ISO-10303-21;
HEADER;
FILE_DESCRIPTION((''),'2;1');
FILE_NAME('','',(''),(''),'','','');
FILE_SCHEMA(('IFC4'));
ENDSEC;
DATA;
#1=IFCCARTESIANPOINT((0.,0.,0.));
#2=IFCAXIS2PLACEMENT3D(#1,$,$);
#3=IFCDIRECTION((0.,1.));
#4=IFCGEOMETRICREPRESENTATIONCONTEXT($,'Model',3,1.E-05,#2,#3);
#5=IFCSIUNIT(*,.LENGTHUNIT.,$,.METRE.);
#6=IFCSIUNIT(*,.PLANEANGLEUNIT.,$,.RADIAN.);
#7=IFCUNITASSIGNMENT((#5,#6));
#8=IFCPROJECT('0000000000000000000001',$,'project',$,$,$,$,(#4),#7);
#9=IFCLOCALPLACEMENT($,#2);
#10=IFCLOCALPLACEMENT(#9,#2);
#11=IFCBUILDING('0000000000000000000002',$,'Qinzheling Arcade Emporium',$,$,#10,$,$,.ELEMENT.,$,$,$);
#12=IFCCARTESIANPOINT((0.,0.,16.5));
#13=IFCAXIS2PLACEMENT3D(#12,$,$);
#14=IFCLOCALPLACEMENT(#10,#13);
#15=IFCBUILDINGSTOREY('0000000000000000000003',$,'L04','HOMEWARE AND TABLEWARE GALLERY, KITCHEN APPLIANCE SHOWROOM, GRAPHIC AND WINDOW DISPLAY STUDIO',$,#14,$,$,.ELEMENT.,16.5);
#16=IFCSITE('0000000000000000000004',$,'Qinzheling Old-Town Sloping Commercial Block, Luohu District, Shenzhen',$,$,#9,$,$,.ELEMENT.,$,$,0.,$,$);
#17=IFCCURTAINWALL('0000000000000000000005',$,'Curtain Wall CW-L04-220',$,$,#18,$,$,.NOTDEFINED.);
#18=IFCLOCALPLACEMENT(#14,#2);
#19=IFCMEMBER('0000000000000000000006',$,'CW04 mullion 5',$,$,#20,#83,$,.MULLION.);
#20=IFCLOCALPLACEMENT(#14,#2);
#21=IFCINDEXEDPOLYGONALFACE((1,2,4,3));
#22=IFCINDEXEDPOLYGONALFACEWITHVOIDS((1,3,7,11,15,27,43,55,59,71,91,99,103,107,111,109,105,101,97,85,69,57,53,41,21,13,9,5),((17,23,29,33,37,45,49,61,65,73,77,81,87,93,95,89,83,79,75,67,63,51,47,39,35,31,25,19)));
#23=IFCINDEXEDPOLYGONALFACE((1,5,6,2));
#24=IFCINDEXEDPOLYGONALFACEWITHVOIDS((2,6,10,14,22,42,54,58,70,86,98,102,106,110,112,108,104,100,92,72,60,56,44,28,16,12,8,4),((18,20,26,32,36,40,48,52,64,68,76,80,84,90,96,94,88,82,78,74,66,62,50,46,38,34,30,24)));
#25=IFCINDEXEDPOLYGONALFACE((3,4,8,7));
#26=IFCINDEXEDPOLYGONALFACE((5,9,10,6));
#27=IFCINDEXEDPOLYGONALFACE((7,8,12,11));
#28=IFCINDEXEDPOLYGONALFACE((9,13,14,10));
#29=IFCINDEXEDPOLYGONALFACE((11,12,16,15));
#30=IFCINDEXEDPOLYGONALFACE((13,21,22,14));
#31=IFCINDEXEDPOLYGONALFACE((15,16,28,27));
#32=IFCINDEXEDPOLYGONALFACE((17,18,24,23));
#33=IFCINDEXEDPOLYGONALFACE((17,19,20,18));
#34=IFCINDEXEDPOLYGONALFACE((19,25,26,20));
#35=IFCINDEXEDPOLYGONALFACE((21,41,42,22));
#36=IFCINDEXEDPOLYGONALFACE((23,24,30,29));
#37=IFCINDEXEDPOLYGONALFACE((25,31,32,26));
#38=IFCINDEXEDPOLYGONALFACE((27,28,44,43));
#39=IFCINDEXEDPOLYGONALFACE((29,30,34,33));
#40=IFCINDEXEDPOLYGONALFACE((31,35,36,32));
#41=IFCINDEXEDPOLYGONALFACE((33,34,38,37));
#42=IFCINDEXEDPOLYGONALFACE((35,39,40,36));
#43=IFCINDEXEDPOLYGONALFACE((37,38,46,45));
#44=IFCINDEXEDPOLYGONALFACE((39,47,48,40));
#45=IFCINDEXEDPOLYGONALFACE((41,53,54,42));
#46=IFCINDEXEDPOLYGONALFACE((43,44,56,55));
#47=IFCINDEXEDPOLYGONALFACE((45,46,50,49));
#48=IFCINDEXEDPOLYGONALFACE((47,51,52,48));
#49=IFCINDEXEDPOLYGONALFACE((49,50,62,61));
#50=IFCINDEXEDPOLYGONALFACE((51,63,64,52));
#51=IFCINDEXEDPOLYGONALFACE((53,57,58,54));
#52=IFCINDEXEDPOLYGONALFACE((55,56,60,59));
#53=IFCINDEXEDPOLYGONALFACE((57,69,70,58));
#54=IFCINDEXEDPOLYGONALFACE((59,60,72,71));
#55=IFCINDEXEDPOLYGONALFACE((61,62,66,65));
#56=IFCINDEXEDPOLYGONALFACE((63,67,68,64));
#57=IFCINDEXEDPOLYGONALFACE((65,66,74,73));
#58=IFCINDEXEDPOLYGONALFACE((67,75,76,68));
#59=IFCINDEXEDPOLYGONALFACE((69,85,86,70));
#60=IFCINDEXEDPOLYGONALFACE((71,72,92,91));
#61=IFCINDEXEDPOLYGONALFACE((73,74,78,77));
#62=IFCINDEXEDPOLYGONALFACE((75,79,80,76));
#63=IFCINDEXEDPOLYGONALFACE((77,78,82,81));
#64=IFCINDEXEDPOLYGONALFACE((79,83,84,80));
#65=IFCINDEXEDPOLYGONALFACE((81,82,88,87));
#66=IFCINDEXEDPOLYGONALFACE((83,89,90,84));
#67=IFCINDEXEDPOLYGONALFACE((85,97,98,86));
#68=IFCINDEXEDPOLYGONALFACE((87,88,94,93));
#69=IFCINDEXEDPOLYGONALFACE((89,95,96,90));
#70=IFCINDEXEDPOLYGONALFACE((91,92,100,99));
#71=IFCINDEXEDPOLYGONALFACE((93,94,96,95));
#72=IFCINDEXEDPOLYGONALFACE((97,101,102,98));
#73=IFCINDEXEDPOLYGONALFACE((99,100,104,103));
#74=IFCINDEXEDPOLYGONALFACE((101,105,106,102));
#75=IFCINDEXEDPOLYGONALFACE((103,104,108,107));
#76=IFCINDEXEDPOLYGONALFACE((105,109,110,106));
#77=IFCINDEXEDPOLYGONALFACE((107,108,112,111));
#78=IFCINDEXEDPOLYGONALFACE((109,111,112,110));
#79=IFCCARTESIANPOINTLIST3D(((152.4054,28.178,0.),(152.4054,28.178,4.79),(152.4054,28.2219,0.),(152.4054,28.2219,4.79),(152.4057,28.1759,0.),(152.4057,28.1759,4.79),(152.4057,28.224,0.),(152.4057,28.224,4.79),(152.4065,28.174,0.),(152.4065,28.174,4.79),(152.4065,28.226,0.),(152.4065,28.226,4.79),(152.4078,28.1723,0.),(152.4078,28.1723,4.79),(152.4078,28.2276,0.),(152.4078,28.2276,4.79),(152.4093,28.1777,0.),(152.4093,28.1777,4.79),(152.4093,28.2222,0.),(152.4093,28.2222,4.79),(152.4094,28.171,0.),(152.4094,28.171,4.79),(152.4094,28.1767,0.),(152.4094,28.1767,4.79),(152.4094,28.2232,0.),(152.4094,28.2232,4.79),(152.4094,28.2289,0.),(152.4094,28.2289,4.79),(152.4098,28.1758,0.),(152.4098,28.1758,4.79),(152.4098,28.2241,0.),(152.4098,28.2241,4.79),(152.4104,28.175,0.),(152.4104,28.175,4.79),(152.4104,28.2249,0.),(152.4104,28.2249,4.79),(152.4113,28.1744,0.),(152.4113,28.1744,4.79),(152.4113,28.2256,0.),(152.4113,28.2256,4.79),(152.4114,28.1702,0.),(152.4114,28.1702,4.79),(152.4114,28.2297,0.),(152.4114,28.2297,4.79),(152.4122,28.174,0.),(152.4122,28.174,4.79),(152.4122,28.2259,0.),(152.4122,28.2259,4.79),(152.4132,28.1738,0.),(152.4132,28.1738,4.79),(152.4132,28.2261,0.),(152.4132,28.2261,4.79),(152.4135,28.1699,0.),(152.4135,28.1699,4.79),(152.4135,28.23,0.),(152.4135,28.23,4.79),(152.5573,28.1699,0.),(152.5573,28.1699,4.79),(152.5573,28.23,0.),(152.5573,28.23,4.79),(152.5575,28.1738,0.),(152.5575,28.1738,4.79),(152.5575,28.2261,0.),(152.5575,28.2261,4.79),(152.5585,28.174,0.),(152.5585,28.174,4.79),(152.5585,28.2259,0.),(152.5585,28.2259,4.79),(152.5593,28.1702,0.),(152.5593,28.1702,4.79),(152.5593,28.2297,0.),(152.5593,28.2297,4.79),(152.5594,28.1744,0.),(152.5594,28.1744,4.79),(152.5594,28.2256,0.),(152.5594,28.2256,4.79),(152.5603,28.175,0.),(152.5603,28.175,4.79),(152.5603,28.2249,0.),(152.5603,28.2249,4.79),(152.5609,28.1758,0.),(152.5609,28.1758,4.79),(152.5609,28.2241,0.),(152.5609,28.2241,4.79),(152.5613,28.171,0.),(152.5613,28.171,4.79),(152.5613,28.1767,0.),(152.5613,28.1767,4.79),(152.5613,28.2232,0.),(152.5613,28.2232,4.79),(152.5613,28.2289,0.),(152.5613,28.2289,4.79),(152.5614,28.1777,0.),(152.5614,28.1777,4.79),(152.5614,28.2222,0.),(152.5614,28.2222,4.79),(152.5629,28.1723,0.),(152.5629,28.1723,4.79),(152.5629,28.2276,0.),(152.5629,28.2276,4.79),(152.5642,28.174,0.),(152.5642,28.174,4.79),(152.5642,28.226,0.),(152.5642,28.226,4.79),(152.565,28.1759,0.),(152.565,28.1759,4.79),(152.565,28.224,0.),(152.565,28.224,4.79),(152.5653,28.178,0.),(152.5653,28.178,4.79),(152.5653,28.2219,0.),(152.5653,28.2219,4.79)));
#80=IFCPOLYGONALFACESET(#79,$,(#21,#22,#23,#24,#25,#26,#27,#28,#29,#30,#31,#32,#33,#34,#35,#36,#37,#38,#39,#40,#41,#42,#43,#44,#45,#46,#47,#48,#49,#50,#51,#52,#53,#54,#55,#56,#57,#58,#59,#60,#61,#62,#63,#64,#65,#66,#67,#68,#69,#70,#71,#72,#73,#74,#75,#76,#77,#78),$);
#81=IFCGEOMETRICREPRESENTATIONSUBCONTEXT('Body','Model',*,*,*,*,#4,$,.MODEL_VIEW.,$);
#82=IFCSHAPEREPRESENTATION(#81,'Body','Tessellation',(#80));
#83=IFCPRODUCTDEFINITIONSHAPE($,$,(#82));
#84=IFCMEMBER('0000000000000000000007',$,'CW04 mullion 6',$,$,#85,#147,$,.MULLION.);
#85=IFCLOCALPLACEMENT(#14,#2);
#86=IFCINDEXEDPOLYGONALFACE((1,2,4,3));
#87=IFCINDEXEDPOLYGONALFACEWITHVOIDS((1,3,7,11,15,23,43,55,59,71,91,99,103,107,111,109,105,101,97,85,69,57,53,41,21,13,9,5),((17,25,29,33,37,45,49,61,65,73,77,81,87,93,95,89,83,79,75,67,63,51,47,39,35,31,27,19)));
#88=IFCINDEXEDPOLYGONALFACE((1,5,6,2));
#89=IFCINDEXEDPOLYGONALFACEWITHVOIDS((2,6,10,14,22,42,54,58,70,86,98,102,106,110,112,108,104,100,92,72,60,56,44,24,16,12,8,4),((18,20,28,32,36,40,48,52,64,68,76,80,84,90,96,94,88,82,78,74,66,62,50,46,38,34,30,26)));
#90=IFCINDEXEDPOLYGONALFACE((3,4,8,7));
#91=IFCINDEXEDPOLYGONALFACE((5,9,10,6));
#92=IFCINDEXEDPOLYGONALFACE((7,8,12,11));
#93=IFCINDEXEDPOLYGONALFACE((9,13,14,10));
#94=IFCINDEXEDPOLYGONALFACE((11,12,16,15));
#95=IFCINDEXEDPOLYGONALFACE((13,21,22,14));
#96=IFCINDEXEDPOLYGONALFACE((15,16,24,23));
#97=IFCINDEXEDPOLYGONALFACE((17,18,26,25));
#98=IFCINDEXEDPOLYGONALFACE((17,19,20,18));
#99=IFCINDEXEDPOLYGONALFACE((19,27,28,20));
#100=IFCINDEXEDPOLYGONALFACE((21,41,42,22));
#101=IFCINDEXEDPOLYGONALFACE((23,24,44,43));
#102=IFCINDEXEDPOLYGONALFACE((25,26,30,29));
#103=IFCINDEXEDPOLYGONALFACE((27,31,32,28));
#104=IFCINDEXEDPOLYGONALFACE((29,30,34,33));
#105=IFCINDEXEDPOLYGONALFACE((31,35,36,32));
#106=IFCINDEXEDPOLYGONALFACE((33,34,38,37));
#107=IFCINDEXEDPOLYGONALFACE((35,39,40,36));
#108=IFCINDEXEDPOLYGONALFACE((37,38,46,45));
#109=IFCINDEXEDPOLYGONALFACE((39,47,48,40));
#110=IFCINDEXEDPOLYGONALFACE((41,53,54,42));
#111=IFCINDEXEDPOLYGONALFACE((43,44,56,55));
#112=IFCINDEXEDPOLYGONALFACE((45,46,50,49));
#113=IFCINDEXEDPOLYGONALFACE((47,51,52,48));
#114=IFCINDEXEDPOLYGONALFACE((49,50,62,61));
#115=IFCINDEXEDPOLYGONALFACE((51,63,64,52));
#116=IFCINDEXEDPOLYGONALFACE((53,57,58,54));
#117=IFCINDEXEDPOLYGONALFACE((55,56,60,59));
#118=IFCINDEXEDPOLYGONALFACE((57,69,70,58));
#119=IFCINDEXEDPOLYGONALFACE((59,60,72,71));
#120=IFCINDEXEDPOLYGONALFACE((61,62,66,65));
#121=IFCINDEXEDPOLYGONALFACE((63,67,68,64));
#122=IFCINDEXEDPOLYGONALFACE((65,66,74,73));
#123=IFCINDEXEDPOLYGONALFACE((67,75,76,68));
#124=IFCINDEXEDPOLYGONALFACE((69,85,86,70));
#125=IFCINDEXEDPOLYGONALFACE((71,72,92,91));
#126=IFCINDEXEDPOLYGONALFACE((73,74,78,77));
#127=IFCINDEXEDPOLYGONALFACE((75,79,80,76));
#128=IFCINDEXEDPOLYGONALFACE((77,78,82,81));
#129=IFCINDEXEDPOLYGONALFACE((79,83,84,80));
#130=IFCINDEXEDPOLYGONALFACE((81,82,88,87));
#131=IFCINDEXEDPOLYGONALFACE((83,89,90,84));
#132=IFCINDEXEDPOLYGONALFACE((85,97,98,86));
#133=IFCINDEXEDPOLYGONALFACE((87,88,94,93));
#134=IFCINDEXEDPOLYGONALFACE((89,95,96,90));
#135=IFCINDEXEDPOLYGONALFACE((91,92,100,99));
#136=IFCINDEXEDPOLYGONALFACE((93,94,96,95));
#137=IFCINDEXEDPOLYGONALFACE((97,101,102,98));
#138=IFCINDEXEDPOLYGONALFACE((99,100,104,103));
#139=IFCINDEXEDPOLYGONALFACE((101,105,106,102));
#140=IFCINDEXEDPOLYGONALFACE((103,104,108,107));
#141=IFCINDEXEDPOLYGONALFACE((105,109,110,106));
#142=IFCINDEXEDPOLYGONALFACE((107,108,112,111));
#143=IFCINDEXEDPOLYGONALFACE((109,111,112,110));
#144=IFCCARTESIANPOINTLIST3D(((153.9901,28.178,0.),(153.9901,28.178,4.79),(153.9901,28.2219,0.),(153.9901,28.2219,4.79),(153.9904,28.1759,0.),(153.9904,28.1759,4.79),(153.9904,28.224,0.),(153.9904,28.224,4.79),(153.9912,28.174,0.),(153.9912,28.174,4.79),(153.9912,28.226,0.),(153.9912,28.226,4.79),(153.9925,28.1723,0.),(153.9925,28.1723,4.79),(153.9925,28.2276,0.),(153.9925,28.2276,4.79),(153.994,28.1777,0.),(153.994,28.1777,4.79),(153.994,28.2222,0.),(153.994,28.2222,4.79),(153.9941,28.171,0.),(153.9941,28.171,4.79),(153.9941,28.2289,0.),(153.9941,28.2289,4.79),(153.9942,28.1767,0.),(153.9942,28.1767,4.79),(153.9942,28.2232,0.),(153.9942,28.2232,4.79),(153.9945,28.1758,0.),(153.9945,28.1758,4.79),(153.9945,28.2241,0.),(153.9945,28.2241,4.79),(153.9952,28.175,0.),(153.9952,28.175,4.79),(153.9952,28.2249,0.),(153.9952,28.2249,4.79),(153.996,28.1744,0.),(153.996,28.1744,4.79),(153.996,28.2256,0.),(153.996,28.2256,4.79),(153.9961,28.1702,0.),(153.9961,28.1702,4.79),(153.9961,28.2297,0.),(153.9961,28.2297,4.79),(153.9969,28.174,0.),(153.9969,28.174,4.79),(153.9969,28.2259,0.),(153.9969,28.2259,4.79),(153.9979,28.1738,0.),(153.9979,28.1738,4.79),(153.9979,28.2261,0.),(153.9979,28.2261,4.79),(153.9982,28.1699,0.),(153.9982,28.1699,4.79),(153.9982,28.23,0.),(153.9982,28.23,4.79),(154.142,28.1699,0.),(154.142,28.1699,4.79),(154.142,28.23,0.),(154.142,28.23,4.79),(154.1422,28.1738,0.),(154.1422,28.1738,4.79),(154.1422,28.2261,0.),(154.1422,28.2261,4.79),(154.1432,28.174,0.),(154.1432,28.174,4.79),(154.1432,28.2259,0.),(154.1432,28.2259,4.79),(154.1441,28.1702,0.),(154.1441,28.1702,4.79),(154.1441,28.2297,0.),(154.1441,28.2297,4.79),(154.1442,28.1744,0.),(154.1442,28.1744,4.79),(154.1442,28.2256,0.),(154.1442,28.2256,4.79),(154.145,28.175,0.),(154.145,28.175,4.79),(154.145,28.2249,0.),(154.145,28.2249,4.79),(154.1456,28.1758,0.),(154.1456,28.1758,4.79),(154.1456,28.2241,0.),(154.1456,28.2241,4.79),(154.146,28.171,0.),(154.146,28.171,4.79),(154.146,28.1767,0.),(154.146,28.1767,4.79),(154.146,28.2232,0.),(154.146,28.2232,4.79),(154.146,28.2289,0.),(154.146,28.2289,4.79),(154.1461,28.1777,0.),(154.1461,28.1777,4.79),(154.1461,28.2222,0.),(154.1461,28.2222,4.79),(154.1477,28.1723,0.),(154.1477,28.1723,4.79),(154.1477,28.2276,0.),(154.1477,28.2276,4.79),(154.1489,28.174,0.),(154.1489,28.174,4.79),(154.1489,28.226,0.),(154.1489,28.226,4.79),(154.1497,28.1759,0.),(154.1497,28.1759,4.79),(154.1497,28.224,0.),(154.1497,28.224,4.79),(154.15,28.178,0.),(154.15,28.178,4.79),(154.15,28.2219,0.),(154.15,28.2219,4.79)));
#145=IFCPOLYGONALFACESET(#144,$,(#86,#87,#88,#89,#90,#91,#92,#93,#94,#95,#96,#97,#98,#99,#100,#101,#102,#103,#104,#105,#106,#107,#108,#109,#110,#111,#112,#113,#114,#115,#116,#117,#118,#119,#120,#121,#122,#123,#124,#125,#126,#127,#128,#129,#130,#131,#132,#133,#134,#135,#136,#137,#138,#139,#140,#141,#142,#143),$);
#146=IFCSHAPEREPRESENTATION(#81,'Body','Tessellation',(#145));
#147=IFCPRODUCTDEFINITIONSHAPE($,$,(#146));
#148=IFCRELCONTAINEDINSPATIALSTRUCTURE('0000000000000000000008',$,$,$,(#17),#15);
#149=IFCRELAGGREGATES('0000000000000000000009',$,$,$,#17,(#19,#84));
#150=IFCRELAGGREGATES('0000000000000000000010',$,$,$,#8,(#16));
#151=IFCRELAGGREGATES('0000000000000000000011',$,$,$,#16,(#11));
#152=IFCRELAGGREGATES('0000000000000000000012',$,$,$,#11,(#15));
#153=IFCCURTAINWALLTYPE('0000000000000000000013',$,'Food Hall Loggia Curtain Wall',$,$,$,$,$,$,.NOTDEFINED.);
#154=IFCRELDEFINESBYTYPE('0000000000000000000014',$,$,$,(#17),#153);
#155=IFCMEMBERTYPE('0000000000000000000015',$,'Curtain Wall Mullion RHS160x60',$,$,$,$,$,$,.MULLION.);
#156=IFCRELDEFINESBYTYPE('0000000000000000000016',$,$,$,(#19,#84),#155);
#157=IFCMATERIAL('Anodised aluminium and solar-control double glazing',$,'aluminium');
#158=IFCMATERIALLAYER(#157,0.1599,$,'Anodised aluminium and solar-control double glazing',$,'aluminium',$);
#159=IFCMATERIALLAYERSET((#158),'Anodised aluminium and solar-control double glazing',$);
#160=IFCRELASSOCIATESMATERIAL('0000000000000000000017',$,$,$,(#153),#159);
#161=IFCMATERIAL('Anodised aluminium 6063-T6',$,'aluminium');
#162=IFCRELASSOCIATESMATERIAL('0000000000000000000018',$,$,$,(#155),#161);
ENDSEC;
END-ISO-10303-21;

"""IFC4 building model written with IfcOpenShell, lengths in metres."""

from ifc_helpers import new_model, si_unit, direction, frame, origin, origin_2d, place, context, subcontext, project, spatial, hollow_rectangle, extrude, material, layer, layer_set, material_profile, profile_set, type_object, element, aggregate, save


model = new_model("IFC4")

# Units and contexts
model_context = context("Model", 3, precision=1e-05, world=origin(), true_north=direction((0.0, 1.0)))
body_context = subcontext(model_context, "Body", "Model", "MODEL_VIEW")
ifc_project = project(units=[si_unit("LENGTHUNIT", "METRE"), si_unit("PLANEANGLEUNIT", "RADIAN")], contexts=[model_context])

# Site, building, storey
site_placement = place(None, origin())
site = spatial("IfcSite", under=ifc_project, at=site_placement, Name="Qinzheling Old-Town Sloping Commercial Block, Luohu District, Shenzhen", CompositionType="ELEMENT", RefElevation=0.0)
building_placement = place(site_placement, origin())
building = spatial("IfcBuilding", under=site, at=building_placement, Name="Qinzheling Arcade Emporium", CompositionType="ELEMENT")
storey_placement = place(building_placement, frame((0.0, 0.0, 16.5)))
storey = spatial("IfcBuildingStorey", under=building, at=storey_placement, Name="L04", Description="HOMEWARE AND TABLEWARE GALLERY, KITCHEN APPLIANCE SHOWROOM, GRAPHIC AND WINDOW DISPLAY STUDIO", CompositionType="ELEMENT", Elevation=16.5)

# Curtain wall, members
ifc_material_1 = material(Name="Anodised aluminium and solar-control double glazing", Category="aluminium")
ifc_layer_1 = layer(ifc_material_1, 0.1599, Name="Anodised aluminium and solar-control double glazing", Category="aluminium")
ifc_layer_set_1 = layer_set([ifc_layer_1], Name="Anodised aluminium and solar-control double glazing")
curtain_wall_type = type_object("IfcCurtainWallType", Name="Food Hall Loggia Curtain Wall", PredefinedType="NOTDEFINED", material=ifc_layer_set_1)
curtain_wall_placement = place(storey_placement, origin())
curtain_wall = element("IfcCurtainWall", 1, at=curtain_wall_placement, inside=storey, type_object=curtain_wall_type, Name="Curtain Wall CW-L04-220", PredefinedType="NOTDEFINED")
ifc_material_2 = material(Name="Anodised aluminium 6063-T6", Category="aluminium")
ifc_material_profile_1 = material_profile(ifc_material_2, hollow_rectangle(XDim=0.0601, YDim=0.1599, WallThickness=0.0039, InnerFilletRadius=0.0039, OuterFilletRadius=0.0081, at=origin_2d()), Name="RHS 160x60x4", Category="aluminium")
ifc_profile_set_1 = profile_set([ifc_material_profile_1], Name="Anodised aluminium 6063-T6")
member_type_1 = type_object("IfcMemberType", Name="Curtain Wall Mullion RHS160x60", PredefinedType="MULLION", material=ifc_profile_set_1)
member_1_placement = place(storey_placement, frame((152.4854, 28.2, 0.0), z_axis=(0.0, 0.0, 1.0), x_axis=(0.0, 1.0, 0.0)))
member_1 = element("IfcMember", 2, at=member_1_placement, type_object=member_type_1, Name="CW04 mullion 5", PredefinedType="MULLION", context=body_context, shape_type="SweptSolid", body=[
    extrude(hollow_rectangle(XDim=0.0601, YDim=0.1599, WallThickness=0.0039, InnerFilletRadius=0.0039, OuterFilletRadius=0.0081, at=origin_2d()), origin(), (0.0, 0.0, 1.0), 4.79),
])
member_2_placement = place(storey_placement, frame((154.0701, 28.2, 0.0), z_axis=(0.0, 0.0, 1.0), x_axis=(0.0, 1.0, 0.0)))
member_2 = element("IfcMember", 3, at=member_2_placement, type_object=member_type_1, Name="CW04 mullion 6", PredefinedType="MULLION", context=body_context, shape_type="SweptSolid", body=[
    extrude(hollow_rectangle(XDim=0.0601, YDim=0.1599, WallThickness=0.0039, InnerFilletRadius=0.0039, OuterFilletRadius=0.0081, at=origin_2d()), origin(), (0.0, 0.0, 1.0), 4.79),
])

aggregate(curtain_wall, [member_1, member_2])

save(model, "model.ifc")
